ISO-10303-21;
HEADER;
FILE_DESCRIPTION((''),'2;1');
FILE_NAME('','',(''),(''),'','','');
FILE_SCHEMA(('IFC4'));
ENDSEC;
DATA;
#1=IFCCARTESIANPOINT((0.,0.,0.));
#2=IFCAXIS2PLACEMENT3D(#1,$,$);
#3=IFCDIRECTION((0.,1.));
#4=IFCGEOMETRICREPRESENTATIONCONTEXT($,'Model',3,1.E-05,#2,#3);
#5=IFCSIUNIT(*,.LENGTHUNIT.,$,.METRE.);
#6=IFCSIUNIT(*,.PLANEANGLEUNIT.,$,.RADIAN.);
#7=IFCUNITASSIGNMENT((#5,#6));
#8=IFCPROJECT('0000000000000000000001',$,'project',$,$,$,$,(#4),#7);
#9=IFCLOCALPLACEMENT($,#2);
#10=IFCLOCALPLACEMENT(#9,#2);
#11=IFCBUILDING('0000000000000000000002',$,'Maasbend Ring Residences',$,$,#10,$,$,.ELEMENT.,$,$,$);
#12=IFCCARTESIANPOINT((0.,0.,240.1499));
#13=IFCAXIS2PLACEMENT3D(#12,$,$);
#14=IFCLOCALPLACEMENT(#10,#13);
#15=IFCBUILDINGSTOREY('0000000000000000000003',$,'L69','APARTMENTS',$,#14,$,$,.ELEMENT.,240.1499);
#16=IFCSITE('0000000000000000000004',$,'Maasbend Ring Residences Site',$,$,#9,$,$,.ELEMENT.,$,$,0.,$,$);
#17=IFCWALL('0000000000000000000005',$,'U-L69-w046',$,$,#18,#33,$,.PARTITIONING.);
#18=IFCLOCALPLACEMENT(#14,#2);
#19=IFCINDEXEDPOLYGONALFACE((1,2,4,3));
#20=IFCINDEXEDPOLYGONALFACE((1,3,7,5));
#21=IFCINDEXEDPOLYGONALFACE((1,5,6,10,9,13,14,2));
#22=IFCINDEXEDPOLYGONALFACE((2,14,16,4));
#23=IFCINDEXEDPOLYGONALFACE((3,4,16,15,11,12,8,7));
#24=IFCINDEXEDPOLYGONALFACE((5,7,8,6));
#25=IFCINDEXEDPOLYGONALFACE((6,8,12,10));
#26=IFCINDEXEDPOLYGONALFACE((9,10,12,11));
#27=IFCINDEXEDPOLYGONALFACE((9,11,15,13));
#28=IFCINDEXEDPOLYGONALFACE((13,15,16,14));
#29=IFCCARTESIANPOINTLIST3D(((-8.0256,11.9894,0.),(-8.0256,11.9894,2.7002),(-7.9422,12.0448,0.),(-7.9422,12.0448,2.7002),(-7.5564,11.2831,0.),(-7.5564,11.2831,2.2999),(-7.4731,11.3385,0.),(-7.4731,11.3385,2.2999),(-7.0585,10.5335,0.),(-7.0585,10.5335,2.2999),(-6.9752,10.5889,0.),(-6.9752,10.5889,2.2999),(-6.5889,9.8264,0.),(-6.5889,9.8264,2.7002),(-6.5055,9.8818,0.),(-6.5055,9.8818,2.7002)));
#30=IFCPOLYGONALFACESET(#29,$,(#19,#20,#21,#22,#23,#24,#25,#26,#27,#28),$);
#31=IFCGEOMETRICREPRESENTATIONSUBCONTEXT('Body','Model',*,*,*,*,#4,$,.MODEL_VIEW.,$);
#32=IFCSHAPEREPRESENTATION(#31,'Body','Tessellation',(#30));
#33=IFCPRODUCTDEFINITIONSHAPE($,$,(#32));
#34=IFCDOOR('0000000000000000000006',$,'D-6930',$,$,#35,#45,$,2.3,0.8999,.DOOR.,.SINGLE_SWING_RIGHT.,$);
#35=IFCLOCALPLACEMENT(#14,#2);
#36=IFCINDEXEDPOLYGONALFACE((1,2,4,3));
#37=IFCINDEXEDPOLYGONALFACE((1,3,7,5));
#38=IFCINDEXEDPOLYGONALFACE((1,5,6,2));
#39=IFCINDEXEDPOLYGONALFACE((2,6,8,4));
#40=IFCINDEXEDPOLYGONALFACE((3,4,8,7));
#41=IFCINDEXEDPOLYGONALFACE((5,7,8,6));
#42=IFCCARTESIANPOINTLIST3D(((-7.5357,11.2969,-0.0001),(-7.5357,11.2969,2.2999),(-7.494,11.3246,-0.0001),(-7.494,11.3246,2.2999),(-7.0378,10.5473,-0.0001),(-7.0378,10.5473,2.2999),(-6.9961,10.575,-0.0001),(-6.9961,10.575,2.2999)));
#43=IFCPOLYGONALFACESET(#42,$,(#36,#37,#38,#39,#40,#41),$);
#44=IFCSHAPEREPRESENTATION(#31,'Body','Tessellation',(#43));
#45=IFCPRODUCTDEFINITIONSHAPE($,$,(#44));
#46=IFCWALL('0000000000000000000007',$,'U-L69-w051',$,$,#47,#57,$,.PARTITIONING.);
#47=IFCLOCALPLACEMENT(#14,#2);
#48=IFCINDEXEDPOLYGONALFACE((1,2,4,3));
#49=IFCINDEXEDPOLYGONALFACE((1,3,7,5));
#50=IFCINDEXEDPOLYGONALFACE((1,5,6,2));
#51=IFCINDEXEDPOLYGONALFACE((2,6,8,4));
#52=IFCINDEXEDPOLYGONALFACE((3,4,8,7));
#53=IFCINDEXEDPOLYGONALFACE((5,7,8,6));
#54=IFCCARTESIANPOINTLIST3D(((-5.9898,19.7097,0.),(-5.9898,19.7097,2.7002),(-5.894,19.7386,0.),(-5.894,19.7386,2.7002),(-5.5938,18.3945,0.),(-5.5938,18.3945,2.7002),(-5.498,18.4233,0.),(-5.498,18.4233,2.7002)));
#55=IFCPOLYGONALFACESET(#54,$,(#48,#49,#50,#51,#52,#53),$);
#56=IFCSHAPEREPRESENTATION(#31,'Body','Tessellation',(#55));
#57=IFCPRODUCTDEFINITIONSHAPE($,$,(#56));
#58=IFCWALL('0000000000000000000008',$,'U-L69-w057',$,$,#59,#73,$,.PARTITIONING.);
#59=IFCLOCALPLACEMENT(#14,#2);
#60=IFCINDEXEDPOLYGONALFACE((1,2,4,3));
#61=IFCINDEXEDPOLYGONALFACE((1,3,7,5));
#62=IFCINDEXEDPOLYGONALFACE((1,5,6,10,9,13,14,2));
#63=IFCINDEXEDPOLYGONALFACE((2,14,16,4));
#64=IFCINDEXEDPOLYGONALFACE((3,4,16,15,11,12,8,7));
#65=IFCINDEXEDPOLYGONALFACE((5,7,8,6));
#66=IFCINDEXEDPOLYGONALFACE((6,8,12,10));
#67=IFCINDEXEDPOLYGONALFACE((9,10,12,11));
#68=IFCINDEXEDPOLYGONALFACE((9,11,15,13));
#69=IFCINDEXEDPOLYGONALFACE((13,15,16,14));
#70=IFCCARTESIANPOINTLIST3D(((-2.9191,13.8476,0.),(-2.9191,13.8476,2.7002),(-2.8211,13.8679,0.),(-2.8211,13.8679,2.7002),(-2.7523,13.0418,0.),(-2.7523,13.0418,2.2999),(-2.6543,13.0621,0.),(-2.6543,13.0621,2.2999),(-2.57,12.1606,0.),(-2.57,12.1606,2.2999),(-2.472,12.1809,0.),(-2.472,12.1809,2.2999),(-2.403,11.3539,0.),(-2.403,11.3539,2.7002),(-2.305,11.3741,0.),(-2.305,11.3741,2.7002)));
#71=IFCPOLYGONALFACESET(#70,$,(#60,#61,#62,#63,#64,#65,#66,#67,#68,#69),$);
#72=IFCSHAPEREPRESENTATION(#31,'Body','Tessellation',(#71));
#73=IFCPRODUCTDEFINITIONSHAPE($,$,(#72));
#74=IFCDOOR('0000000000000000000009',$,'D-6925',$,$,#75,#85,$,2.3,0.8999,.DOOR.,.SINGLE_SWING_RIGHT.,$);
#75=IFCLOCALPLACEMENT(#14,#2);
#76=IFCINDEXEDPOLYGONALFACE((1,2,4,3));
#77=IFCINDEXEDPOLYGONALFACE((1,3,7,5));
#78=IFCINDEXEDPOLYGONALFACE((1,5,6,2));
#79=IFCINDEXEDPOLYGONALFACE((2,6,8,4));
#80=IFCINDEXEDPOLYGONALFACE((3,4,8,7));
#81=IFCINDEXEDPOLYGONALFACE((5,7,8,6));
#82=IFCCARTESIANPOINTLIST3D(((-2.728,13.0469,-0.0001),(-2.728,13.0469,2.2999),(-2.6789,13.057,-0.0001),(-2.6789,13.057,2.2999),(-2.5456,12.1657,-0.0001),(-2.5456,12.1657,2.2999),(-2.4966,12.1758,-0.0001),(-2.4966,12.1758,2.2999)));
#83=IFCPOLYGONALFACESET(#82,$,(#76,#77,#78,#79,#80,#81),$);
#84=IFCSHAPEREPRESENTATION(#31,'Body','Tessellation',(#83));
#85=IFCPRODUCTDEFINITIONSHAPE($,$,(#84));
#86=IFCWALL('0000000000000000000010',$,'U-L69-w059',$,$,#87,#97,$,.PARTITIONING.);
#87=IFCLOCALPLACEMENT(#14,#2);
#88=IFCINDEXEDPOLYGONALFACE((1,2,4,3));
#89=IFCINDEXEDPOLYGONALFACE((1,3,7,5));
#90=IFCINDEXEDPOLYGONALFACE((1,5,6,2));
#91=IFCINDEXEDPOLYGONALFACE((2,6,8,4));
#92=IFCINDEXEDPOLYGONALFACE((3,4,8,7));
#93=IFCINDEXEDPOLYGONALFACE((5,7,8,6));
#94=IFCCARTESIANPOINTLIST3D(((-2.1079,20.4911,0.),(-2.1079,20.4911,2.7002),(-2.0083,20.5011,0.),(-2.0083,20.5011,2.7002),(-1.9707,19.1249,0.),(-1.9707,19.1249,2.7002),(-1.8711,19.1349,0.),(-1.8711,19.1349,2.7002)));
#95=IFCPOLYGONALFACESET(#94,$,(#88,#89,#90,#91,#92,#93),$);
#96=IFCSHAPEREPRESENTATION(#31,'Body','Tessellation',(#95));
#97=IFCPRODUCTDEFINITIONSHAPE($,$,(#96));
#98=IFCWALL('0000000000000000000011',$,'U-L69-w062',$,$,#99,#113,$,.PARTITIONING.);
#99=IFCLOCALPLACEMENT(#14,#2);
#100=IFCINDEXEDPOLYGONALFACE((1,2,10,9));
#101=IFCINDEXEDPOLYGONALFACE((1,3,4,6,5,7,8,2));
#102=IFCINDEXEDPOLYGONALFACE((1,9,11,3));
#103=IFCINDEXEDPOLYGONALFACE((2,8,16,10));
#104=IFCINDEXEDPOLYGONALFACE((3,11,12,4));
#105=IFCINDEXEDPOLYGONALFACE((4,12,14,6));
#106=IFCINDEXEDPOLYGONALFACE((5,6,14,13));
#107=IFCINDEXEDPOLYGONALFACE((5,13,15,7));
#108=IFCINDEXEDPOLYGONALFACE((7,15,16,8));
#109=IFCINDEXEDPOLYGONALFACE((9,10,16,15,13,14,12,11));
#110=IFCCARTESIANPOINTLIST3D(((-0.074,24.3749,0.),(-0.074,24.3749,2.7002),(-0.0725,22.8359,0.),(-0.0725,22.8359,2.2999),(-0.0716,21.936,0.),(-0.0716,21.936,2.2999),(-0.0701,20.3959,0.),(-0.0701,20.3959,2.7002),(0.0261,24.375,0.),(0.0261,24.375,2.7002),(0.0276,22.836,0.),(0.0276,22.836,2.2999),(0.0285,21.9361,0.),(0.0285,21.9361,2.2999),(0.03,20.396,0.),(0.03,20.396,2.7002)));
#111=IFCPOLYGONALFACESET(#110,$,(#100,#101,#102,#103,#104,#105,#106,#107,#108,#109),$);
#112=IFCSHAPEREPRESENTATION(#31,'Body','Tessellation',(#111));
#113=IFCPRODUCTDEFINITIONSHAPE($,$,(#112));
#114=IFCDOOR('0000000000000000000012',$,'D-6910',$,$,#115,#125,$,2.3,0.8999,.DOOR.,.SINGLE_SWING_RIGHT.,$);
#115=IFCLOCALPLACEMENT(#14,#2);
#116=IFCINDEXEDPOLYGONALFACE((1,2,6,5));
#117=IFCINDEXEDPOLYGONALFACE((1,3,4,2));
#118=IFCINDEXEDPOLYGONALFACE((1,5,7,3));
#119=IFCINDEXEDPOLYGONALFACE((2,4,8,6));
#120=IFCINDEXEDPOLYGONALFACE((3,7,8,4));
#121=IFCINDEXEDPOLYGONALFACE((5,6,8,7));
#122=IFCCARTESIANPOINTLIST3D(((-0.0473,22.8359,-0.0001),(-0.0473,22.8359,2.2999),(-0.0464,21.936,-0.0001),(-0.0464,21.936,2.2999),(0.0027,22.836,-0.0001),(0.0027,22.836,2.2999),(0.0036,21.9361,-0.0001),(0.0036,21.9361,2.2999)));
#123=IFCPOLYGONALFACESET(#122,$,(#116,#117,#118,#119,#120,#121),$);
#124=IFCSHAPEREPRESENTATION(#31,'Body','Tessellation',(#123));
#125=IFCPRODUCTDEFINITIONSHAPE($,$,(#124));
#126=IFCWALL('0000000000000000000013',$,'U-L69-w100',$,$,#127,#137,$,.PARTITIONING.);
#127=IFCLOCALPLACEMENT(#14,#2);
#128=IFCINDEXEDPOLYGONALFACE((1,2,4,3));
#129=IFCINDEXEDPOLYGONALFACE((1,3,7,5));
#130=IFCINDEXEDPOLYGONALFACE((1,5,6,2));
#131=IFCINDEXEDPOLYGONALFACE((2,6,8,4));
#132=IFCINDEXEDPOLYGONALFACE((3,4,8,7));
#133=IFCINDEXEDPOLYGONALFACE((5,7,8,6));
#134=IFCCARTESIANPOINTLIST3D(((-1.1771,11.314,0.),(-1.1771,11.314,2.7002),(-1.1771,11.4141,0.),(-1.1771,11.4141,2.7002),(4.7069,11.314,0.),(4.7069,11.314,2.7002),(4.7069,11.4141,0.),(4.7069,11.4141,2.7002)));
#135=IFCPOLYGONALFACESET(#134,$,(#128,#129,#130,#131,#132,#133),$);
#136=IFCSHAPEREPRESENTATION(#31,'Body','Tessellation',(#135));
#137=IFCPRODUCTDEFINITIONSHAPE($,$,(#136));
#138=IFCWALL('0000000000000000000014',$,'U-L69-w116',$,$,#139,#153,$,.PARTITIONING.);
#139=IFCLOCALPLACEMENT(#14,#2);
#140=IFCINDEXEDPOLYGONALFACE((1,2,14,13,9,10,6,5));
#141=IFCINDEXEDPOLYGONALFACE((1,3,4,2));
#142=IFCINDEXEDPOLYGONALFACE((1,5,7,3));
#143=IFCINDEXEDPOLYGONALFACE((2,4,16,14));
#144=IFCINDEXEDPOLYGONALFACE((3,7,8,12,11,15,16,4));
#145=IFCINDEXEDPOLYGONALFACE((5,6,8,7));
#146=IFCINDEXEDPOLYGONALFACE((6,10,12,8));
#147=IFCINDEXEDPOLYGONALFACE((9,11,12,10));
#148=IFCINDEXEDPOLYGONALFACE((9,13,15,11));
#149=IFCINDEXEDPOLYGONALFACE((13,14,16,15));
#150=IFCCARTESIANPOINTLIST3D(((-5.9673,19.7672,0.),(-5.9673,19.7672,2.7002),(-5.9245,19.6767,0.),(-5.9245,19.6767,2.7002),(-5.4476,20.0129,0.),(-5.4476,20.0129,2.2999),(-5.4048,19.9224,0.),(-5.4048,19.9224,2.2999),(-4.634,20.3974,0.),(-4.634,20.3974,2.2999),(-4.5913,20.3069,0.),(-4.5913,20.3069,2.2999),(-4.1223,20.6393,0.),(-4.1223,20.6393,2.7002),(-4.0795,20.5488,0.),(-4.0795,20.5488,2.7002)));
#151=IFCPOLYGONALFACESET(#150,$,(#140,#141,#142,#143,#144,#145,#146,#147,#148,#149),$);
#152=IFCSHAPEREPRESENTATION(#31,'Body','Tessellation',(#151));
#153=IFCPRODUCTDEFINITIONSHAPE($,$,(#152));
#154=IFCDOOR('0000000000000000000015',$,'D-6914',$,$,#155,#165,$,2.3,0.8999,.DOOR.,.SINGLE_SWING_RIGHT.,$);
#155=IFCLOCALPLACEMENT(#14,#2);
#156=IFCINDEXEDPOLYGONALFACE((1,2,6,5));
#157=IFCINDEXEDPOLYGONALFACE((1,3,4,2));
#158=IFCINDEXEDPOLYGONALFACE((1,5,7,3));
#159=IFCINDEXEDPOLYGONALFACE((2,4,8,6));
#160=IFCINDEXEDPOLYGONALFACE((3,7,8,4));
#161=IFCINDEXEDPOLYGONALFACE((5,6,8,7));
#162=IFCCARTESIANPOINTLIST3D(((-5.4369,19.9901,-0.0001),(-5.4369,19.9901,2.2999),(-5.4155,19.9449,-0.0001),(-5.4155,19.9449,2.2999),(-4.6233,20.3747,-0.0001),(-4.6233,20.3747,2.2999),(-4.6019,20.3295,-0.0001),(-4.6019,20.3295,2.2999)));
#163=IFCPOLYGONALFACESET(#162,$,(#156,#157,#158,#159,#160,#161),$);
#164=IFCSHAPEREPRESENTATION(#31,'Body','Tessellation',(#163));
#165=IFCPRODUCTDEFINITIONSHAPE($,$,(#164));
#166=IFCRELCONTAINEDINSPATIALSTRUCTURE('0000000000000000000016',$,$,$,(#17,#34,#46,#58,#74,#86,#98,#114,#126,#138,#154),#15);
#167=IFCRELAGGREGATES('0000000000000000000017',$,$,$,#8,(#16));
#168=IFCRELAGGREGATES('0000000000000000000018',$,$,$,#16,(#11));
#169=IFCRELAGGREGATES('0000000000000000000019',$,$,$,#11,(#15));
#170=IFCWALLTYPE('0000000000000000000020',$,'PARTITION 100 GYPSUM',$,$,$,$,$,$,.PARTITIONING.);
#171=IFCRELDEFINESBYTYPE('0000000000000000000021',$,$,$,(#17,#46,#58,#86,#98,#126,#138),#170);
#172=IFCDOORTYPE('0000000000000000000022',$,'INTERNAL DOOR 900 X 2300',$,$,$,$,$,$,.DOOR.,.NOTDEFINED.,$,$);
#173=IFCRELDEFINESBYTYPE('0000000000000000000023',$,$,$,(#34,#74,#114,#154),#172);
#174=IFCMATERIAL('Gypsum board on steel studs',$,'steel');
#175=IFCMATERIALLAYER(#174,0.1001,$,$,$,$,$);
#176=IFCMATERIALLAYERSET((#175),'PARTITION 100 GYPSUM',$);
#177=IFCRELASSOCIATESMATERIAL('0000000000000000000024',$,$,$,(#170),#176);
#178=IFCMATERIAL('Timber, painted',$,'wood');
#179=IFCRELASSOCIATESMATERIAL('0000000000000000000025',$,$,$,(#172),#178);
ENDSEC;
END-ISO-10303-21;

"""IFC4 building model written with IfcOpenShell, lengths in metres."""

from ifc_helpers import new_model, si_unit, direction, frame, frame_2d, origin, place, context, subcontext, project, spatial, rectangle, extrude, material, layer, layer_set, type_object, element, fill, save


model = new_model("IFC4")

# Units and contexts
model_context = context("Model", 3, precision=1e-05, world=origin(), true_north=direction((0.0, 1.0)))
body_context = subcontext(model_context, "Body", "Model", "MODEL_VIEW")
ifc_project = project(units=[si_unit("LENGTHUNIT", "METRE"), si_unit("PLANEANGLEUNIT", "RADIAN")], contexts=[model_context])

# Site, building, storey
site_placement = place(None, origin())
site = spatial("IfcSite", under=ifc_project, at=site_placement, Name="Maasbend Ring Residences Site", CompositionType="ELEMENT", RefElevation=0.0)
building_placement = place(site_placement, origin())
building = spatial("IfcBuilding", under=site, at=building_placement, Name="Maasbend Ring Residences", CompositionType="ELEMENT")
storey_placement = place(building_placement, frame((0.0, 0.0, 240.1499)))
storey = spatial("IfcBuildingStorey", under=building, at=storey_placement, Name="L69", Description="APARTMENTS", CompositionType="ELEMENT", Elevation=240.1499)

# Wall, opening, door
ifc_material_1 = material(Name="Gypsum board on steel studs", Category="steel")
ifc_layer_1 = layer(ifc_material_1, 0.1001)
ifc_layer_set_1 = layer_set([ifc_layer_1], Name="PARTITION 100 GYPSUM")
wall_type_1 = type_object("IfcWallType", Name="PARTITION 100 GYPSUM", PredefinedType="PARTITIONING", material=ifc_layer_set_1)
wall_1_placement = place(storey_placement, frame((-7.9839, 12.0171, 0.0), z_axis=(0.0, 0.0, 1.0), x_axis=(0.553289, -0.832989, 0.0)))
wall_1 = element("IfcWall", 1, at=wall_1_placement, inside=storey, type_object=wall_type_1, Name="U-L69-w046", PredefinedType="PARTITIONING", context=body_context, shape_type="SweptSolid", body=[
    extrude(rectangle(XDim=2.5967, YDim=0.1001, at=frame_2d((1.2983, 0.0))), origin(), (0.0, 0.0, 1.0), 2.7002),
])
opening_1_placement = place(wall_1_placement, frame((0.8479, 0.0, 0.0)))
opening_1 = element("IfcOpeningElement", 2, at=opening_1_placement, cuts=wall_1, PredefinedType="OPENING", context=body_context, shape_type="SweptSolid", body=[
    extrude(rectangle(XDim=0.8999, YDim=2.3, at=frame_2d((0.45, 1.1499))), frame((0.0, 0.0601, 0.0), z_axis=(0.0, -1.0, 0.0), x_axis=(1.0, 0.0, 0.0)), (0.0, 0.0, 1.0), 0.1201),
])
ifc_material_2 = material(Name="Timber, painted", Category="wood")
door_type_1 = type_object("IfcDoorType", Name="INTERNAL DOOR 900 X 2300", OperationType="NOTDEFINED", PredefinedType="DOOR", material=ifc_material_2)
door_1_placement = place(opening_1_placement, origin())
door_1 = element("IfcDoor", 3, at=door_1_placement, inside=storey, type_object=door_type_1, Name="D-6930", OperationType="SINGLE_SWING_RIGHT", OverallHeight=2.3, OverallWidth=0.8999, PredefinedType="DOOR", context=body_context, shape_type="SweptSolid", body=[
    extrude(rectangle(XDim=0.8999, YDim=2.3, at=frame_2d((0.45, 1.1499))), frame((0.0, 0.0249, 0.0), z_axis=(0.0, -1.0, 0.0), x_axis=(1.0, 0.0, 0.0)), (0.0, 0.0, 1.0), 0.05),
])
fill(opening_1, door_1)

# Wall
wall_2_placement = place(storey_placement, frame((-5.9419, 19.7241, 0.0), z_axis=(0.0, 0.0, 1.0), x_axis=(0.28831, -0.957537, 0.0)))
element("IfcWall", 4, at=wall_2_placement, inside=storey, type_object=wall_type_1, Name="U-L69-w051", PredefinedType="PARTITIONING", context=body_context, shape_type="SweptSolid", body=[
    extrude(rectangle(XDim=1.3735, YDim=0.1001, at=frame_2d((0.6868, 0.0))), origin(), (0.0, 0.0, 1.0), 2.7002),
])

# Wall, opening, door
wall_3_placement = place(storey_placement, frame((-2.8701, 13.8579, 0.0), z_axis=(0.0, 0.0, 1.0), x_axis=(0.202656, -0.97925, 0.0)))
wall_3 = element("IfcWall", 5, at=wall_3_placement, inside=storey, type_object=wall_type_1, Name="U-L69-w057", PredefinedType="PARTITIONING", context=body_context, shape_type="SweptSolid", body=[
    extrude(rectangle(XDim=2.5466, YDim=0.1001, at=frame_2d((1.2734, 0.0))), origin(), (0.0, 0.0, 1.0), 2.7002),
])
opening_2_placement = place(wall_3_placement, frame((0.823, 0.0, 0.0)))
opening_2 = element("IfcOpeningElement", 6, at=opening_2_placement, cuts=wall_3, PredefinedType="OPENING", context=body_context, shape_type="SweptSolid", body=[
    extrude(rectangle(XDim=0.8999, YDim=2.3, at=frame_2d((0.45, 1.1499))), frame((0.0, 0.0601, 0.0), z_axis=(0.0, -1.0, 0.0), x_axis=(1.0, 0.0, 0.0)), (0.0, 0.0, 1.0), 0.1201),
])
door_2_placement = place(opening_2_placement, origin())
door_2 = element("IfcDoor", 7, at=door_2_placement, inside=storey, type_object=door_type_1, Name="D-6925", OperationType="SINGLE_SWING_RIGHT", OverallHeight=2.3, OverallWidth=0.8999, PredefinedType="DOOR", context=body_context, shape_type="SweptSolid", body=[
    extrude(rectangle(XDim=0.8999, YDim=2.3, at=frame_2d((0.45, 1.1499))), frame((0.0, 0.0249, 0.0), z_axis=(0.0, -1.0, 0.0), x_axis=(1.0, 0.0, 0.0)), (0.0, 0.0, 1.0), 0.05),
])
fill(opening_2, door_2)

# Wall
wall_4_placement = place(storey_placement, frame((-2.0581, 20.4961, 0.0), z_axis=(0.0, 0.0, 1.0), x_axis=(0.099926, -0.994995, 0.0)))
element("IfcWall", 8, at=wall_4_placement, inside=storey, type_object=wall_type_1, Name="U-L69-w059", PredefinedType="PARTITIONING", context=body_context, shape_type="SweptSolid", body=[
    extrude(rectangle(XDim=1.373, YDim=0.1001, at=frame_2d((0.6865, 0.0))), origin(), (0.0, 0.0, 1.0), 2.7002),
])

# Wall, opening, door
wall_5_placement = place(storey_placement, frame((-0.02, 20.396, 0.0), z_axis=(0.0, 0.0, 1.0), x_axis=(-0.000982, 1.0, 0.0)))
wall_5 = element("IfcWall", 9, at=wall_5_placement, inside=storey, type_object=wall_type_1, Name="U-L69-w062", PredefinedType="PARTITIONING", context=body_context, shape_type="SweptSolid", body=[
    extrude(rectangle(XDim=3.979, YDim=0.1001, at=frame_2d((1.9895, 0.0))), origin(), (0.0, 0.0, 1.0), 2.7002),
])
opening_3_placement = place(wall_5_placement, frame((1.54, 0.0, 0.0)))
opening_3 = element("IfcOpeningElement", 10, at=opening_3_placement, cuts=wall_5, PredefinedType="OPENING", context=body_context, shape_type="SweptSolid", body=[
    extrude(rectangle(XDim=0.8999, YDim=2.3, at=frame_2d((0.45, 1.1499))), frame((0.0, 0.0601, 0.0), z_axis=(0.0, -1.0, 0.0), x_axis=(1.0, 0.0, 0.0)), (0.0, 0.0, 1.0), 0.1201),
])
door_3_placement = place(opening_3_placement, origin())
door_3 = element("IfcDoor", 11, at=door_3_placement, inside=storey, type_object=door_type_1, Name="D-6910", OperationType="SINGLE_SWING_RIGHT", OverallHeight=2.3, OverallWidth=0.8999, PredefinedType="DOOR", context=body_context, shape_type="SweptSolid", body=[
    extrude(rectangle(XDim=0.8999, YDim=2.3, at=frame_2d((0.45, 1.1499))), frame((0.0, 0.0249, 0.0), z_axis=(0.0, -1.0, 0.0), x_axis=(1.0, 0.0, 0.0)), (0.0, 0.0, 1.0), 0.05),
])
fill(opening_3, door_3)

# Wall
wall_6_placement = place(storey_placement, frame((-1.177, 11.364, 0.0), z_axis=(0.0, 0.0, 1.0), x_axis=(1.0, 0.0, 0.0)))
element("IfcWall", 12, at=wall_6_placement, inside=storey, type_object=wall_type_1, Name="U-L69-w100", PredefinedType="PARTITIONING", context=body_context, shape_type="SweptSolid", body=[
    extrude(rectangle(XDim=5.884, YDim=0.1001, at=frame_2d((2.9419, 0.0))), origin(), (0.0, 0.0, 1.0), 2.7002),
])

# Wall, opening, door
wall_7_placement = place(storey_placement, frame((-5.946, 19.7219, 0.0), z_axis=(0.0, 0.0, 1.0), x_axis=(0.904091, 0.427341, 0.0)))
wall_7 = element("IfcWall", 13, at=wall_7_placement, inside=storey, type_object=wall_type_1, Name="U-L69-w116", PredefinedType="PARTITIONING", context=body_context, shape_type="SweptSolid", body=[
    extrude(rectangle(XDim=2.0408, YDim=0.1001, at=frame_2d((1.0205, 0.0))), origin(), (0.0, 0.0, 1.0), 2.7002),
])
opening_4_placement = place(wall_7_placement, frame((0.575, 0.0, 0.0)))
opening_4 = element("IfcOpeningElement", 14, at=opening_4_placement, cuts=wall_7, PredefinedType="OPENING", context=body_context, shape_type="SweptSolid", body=[
    extrude(rectangle(XDim=0.8999, YDim=2.3, at=frame_2d((0.45, 1.1499))), frame((0.0, 0.0601, 0.0), z_axis=(0.0, -1.0, 0.0), x_axis=(1.0, 0.0, 0.0)), (0.0, 0.0, 1.0), 0.1201),
])
door_4_placement = place(opening_4_placement, origin())
door_4 = element("IfcDoor", 15, at=door_4_placement, inside=storey, type_object=door_type_1, Name="D-6914", OperationType="SINGLE_SWING_RIGHT", OverallHeight=2.3, OverallWidth=0.8999, PredefinedType="DOOR", context=body_context, shape_type="SweptSolid", body=[
    extrude(rectangle(XDim=0.8999, YDim=2.3, at=frame_2d((0.45, 1.1499))), frame((0.0, 0.0249, 0.0), z_axis=(0.0, -1.0, 0.0), x_axis=(1.0, 0.0, 0.0)), (0.0, 0.0, 1.0), 0.05),
])
fill(opening_4, door_4)

save(model, "model.ifc")
